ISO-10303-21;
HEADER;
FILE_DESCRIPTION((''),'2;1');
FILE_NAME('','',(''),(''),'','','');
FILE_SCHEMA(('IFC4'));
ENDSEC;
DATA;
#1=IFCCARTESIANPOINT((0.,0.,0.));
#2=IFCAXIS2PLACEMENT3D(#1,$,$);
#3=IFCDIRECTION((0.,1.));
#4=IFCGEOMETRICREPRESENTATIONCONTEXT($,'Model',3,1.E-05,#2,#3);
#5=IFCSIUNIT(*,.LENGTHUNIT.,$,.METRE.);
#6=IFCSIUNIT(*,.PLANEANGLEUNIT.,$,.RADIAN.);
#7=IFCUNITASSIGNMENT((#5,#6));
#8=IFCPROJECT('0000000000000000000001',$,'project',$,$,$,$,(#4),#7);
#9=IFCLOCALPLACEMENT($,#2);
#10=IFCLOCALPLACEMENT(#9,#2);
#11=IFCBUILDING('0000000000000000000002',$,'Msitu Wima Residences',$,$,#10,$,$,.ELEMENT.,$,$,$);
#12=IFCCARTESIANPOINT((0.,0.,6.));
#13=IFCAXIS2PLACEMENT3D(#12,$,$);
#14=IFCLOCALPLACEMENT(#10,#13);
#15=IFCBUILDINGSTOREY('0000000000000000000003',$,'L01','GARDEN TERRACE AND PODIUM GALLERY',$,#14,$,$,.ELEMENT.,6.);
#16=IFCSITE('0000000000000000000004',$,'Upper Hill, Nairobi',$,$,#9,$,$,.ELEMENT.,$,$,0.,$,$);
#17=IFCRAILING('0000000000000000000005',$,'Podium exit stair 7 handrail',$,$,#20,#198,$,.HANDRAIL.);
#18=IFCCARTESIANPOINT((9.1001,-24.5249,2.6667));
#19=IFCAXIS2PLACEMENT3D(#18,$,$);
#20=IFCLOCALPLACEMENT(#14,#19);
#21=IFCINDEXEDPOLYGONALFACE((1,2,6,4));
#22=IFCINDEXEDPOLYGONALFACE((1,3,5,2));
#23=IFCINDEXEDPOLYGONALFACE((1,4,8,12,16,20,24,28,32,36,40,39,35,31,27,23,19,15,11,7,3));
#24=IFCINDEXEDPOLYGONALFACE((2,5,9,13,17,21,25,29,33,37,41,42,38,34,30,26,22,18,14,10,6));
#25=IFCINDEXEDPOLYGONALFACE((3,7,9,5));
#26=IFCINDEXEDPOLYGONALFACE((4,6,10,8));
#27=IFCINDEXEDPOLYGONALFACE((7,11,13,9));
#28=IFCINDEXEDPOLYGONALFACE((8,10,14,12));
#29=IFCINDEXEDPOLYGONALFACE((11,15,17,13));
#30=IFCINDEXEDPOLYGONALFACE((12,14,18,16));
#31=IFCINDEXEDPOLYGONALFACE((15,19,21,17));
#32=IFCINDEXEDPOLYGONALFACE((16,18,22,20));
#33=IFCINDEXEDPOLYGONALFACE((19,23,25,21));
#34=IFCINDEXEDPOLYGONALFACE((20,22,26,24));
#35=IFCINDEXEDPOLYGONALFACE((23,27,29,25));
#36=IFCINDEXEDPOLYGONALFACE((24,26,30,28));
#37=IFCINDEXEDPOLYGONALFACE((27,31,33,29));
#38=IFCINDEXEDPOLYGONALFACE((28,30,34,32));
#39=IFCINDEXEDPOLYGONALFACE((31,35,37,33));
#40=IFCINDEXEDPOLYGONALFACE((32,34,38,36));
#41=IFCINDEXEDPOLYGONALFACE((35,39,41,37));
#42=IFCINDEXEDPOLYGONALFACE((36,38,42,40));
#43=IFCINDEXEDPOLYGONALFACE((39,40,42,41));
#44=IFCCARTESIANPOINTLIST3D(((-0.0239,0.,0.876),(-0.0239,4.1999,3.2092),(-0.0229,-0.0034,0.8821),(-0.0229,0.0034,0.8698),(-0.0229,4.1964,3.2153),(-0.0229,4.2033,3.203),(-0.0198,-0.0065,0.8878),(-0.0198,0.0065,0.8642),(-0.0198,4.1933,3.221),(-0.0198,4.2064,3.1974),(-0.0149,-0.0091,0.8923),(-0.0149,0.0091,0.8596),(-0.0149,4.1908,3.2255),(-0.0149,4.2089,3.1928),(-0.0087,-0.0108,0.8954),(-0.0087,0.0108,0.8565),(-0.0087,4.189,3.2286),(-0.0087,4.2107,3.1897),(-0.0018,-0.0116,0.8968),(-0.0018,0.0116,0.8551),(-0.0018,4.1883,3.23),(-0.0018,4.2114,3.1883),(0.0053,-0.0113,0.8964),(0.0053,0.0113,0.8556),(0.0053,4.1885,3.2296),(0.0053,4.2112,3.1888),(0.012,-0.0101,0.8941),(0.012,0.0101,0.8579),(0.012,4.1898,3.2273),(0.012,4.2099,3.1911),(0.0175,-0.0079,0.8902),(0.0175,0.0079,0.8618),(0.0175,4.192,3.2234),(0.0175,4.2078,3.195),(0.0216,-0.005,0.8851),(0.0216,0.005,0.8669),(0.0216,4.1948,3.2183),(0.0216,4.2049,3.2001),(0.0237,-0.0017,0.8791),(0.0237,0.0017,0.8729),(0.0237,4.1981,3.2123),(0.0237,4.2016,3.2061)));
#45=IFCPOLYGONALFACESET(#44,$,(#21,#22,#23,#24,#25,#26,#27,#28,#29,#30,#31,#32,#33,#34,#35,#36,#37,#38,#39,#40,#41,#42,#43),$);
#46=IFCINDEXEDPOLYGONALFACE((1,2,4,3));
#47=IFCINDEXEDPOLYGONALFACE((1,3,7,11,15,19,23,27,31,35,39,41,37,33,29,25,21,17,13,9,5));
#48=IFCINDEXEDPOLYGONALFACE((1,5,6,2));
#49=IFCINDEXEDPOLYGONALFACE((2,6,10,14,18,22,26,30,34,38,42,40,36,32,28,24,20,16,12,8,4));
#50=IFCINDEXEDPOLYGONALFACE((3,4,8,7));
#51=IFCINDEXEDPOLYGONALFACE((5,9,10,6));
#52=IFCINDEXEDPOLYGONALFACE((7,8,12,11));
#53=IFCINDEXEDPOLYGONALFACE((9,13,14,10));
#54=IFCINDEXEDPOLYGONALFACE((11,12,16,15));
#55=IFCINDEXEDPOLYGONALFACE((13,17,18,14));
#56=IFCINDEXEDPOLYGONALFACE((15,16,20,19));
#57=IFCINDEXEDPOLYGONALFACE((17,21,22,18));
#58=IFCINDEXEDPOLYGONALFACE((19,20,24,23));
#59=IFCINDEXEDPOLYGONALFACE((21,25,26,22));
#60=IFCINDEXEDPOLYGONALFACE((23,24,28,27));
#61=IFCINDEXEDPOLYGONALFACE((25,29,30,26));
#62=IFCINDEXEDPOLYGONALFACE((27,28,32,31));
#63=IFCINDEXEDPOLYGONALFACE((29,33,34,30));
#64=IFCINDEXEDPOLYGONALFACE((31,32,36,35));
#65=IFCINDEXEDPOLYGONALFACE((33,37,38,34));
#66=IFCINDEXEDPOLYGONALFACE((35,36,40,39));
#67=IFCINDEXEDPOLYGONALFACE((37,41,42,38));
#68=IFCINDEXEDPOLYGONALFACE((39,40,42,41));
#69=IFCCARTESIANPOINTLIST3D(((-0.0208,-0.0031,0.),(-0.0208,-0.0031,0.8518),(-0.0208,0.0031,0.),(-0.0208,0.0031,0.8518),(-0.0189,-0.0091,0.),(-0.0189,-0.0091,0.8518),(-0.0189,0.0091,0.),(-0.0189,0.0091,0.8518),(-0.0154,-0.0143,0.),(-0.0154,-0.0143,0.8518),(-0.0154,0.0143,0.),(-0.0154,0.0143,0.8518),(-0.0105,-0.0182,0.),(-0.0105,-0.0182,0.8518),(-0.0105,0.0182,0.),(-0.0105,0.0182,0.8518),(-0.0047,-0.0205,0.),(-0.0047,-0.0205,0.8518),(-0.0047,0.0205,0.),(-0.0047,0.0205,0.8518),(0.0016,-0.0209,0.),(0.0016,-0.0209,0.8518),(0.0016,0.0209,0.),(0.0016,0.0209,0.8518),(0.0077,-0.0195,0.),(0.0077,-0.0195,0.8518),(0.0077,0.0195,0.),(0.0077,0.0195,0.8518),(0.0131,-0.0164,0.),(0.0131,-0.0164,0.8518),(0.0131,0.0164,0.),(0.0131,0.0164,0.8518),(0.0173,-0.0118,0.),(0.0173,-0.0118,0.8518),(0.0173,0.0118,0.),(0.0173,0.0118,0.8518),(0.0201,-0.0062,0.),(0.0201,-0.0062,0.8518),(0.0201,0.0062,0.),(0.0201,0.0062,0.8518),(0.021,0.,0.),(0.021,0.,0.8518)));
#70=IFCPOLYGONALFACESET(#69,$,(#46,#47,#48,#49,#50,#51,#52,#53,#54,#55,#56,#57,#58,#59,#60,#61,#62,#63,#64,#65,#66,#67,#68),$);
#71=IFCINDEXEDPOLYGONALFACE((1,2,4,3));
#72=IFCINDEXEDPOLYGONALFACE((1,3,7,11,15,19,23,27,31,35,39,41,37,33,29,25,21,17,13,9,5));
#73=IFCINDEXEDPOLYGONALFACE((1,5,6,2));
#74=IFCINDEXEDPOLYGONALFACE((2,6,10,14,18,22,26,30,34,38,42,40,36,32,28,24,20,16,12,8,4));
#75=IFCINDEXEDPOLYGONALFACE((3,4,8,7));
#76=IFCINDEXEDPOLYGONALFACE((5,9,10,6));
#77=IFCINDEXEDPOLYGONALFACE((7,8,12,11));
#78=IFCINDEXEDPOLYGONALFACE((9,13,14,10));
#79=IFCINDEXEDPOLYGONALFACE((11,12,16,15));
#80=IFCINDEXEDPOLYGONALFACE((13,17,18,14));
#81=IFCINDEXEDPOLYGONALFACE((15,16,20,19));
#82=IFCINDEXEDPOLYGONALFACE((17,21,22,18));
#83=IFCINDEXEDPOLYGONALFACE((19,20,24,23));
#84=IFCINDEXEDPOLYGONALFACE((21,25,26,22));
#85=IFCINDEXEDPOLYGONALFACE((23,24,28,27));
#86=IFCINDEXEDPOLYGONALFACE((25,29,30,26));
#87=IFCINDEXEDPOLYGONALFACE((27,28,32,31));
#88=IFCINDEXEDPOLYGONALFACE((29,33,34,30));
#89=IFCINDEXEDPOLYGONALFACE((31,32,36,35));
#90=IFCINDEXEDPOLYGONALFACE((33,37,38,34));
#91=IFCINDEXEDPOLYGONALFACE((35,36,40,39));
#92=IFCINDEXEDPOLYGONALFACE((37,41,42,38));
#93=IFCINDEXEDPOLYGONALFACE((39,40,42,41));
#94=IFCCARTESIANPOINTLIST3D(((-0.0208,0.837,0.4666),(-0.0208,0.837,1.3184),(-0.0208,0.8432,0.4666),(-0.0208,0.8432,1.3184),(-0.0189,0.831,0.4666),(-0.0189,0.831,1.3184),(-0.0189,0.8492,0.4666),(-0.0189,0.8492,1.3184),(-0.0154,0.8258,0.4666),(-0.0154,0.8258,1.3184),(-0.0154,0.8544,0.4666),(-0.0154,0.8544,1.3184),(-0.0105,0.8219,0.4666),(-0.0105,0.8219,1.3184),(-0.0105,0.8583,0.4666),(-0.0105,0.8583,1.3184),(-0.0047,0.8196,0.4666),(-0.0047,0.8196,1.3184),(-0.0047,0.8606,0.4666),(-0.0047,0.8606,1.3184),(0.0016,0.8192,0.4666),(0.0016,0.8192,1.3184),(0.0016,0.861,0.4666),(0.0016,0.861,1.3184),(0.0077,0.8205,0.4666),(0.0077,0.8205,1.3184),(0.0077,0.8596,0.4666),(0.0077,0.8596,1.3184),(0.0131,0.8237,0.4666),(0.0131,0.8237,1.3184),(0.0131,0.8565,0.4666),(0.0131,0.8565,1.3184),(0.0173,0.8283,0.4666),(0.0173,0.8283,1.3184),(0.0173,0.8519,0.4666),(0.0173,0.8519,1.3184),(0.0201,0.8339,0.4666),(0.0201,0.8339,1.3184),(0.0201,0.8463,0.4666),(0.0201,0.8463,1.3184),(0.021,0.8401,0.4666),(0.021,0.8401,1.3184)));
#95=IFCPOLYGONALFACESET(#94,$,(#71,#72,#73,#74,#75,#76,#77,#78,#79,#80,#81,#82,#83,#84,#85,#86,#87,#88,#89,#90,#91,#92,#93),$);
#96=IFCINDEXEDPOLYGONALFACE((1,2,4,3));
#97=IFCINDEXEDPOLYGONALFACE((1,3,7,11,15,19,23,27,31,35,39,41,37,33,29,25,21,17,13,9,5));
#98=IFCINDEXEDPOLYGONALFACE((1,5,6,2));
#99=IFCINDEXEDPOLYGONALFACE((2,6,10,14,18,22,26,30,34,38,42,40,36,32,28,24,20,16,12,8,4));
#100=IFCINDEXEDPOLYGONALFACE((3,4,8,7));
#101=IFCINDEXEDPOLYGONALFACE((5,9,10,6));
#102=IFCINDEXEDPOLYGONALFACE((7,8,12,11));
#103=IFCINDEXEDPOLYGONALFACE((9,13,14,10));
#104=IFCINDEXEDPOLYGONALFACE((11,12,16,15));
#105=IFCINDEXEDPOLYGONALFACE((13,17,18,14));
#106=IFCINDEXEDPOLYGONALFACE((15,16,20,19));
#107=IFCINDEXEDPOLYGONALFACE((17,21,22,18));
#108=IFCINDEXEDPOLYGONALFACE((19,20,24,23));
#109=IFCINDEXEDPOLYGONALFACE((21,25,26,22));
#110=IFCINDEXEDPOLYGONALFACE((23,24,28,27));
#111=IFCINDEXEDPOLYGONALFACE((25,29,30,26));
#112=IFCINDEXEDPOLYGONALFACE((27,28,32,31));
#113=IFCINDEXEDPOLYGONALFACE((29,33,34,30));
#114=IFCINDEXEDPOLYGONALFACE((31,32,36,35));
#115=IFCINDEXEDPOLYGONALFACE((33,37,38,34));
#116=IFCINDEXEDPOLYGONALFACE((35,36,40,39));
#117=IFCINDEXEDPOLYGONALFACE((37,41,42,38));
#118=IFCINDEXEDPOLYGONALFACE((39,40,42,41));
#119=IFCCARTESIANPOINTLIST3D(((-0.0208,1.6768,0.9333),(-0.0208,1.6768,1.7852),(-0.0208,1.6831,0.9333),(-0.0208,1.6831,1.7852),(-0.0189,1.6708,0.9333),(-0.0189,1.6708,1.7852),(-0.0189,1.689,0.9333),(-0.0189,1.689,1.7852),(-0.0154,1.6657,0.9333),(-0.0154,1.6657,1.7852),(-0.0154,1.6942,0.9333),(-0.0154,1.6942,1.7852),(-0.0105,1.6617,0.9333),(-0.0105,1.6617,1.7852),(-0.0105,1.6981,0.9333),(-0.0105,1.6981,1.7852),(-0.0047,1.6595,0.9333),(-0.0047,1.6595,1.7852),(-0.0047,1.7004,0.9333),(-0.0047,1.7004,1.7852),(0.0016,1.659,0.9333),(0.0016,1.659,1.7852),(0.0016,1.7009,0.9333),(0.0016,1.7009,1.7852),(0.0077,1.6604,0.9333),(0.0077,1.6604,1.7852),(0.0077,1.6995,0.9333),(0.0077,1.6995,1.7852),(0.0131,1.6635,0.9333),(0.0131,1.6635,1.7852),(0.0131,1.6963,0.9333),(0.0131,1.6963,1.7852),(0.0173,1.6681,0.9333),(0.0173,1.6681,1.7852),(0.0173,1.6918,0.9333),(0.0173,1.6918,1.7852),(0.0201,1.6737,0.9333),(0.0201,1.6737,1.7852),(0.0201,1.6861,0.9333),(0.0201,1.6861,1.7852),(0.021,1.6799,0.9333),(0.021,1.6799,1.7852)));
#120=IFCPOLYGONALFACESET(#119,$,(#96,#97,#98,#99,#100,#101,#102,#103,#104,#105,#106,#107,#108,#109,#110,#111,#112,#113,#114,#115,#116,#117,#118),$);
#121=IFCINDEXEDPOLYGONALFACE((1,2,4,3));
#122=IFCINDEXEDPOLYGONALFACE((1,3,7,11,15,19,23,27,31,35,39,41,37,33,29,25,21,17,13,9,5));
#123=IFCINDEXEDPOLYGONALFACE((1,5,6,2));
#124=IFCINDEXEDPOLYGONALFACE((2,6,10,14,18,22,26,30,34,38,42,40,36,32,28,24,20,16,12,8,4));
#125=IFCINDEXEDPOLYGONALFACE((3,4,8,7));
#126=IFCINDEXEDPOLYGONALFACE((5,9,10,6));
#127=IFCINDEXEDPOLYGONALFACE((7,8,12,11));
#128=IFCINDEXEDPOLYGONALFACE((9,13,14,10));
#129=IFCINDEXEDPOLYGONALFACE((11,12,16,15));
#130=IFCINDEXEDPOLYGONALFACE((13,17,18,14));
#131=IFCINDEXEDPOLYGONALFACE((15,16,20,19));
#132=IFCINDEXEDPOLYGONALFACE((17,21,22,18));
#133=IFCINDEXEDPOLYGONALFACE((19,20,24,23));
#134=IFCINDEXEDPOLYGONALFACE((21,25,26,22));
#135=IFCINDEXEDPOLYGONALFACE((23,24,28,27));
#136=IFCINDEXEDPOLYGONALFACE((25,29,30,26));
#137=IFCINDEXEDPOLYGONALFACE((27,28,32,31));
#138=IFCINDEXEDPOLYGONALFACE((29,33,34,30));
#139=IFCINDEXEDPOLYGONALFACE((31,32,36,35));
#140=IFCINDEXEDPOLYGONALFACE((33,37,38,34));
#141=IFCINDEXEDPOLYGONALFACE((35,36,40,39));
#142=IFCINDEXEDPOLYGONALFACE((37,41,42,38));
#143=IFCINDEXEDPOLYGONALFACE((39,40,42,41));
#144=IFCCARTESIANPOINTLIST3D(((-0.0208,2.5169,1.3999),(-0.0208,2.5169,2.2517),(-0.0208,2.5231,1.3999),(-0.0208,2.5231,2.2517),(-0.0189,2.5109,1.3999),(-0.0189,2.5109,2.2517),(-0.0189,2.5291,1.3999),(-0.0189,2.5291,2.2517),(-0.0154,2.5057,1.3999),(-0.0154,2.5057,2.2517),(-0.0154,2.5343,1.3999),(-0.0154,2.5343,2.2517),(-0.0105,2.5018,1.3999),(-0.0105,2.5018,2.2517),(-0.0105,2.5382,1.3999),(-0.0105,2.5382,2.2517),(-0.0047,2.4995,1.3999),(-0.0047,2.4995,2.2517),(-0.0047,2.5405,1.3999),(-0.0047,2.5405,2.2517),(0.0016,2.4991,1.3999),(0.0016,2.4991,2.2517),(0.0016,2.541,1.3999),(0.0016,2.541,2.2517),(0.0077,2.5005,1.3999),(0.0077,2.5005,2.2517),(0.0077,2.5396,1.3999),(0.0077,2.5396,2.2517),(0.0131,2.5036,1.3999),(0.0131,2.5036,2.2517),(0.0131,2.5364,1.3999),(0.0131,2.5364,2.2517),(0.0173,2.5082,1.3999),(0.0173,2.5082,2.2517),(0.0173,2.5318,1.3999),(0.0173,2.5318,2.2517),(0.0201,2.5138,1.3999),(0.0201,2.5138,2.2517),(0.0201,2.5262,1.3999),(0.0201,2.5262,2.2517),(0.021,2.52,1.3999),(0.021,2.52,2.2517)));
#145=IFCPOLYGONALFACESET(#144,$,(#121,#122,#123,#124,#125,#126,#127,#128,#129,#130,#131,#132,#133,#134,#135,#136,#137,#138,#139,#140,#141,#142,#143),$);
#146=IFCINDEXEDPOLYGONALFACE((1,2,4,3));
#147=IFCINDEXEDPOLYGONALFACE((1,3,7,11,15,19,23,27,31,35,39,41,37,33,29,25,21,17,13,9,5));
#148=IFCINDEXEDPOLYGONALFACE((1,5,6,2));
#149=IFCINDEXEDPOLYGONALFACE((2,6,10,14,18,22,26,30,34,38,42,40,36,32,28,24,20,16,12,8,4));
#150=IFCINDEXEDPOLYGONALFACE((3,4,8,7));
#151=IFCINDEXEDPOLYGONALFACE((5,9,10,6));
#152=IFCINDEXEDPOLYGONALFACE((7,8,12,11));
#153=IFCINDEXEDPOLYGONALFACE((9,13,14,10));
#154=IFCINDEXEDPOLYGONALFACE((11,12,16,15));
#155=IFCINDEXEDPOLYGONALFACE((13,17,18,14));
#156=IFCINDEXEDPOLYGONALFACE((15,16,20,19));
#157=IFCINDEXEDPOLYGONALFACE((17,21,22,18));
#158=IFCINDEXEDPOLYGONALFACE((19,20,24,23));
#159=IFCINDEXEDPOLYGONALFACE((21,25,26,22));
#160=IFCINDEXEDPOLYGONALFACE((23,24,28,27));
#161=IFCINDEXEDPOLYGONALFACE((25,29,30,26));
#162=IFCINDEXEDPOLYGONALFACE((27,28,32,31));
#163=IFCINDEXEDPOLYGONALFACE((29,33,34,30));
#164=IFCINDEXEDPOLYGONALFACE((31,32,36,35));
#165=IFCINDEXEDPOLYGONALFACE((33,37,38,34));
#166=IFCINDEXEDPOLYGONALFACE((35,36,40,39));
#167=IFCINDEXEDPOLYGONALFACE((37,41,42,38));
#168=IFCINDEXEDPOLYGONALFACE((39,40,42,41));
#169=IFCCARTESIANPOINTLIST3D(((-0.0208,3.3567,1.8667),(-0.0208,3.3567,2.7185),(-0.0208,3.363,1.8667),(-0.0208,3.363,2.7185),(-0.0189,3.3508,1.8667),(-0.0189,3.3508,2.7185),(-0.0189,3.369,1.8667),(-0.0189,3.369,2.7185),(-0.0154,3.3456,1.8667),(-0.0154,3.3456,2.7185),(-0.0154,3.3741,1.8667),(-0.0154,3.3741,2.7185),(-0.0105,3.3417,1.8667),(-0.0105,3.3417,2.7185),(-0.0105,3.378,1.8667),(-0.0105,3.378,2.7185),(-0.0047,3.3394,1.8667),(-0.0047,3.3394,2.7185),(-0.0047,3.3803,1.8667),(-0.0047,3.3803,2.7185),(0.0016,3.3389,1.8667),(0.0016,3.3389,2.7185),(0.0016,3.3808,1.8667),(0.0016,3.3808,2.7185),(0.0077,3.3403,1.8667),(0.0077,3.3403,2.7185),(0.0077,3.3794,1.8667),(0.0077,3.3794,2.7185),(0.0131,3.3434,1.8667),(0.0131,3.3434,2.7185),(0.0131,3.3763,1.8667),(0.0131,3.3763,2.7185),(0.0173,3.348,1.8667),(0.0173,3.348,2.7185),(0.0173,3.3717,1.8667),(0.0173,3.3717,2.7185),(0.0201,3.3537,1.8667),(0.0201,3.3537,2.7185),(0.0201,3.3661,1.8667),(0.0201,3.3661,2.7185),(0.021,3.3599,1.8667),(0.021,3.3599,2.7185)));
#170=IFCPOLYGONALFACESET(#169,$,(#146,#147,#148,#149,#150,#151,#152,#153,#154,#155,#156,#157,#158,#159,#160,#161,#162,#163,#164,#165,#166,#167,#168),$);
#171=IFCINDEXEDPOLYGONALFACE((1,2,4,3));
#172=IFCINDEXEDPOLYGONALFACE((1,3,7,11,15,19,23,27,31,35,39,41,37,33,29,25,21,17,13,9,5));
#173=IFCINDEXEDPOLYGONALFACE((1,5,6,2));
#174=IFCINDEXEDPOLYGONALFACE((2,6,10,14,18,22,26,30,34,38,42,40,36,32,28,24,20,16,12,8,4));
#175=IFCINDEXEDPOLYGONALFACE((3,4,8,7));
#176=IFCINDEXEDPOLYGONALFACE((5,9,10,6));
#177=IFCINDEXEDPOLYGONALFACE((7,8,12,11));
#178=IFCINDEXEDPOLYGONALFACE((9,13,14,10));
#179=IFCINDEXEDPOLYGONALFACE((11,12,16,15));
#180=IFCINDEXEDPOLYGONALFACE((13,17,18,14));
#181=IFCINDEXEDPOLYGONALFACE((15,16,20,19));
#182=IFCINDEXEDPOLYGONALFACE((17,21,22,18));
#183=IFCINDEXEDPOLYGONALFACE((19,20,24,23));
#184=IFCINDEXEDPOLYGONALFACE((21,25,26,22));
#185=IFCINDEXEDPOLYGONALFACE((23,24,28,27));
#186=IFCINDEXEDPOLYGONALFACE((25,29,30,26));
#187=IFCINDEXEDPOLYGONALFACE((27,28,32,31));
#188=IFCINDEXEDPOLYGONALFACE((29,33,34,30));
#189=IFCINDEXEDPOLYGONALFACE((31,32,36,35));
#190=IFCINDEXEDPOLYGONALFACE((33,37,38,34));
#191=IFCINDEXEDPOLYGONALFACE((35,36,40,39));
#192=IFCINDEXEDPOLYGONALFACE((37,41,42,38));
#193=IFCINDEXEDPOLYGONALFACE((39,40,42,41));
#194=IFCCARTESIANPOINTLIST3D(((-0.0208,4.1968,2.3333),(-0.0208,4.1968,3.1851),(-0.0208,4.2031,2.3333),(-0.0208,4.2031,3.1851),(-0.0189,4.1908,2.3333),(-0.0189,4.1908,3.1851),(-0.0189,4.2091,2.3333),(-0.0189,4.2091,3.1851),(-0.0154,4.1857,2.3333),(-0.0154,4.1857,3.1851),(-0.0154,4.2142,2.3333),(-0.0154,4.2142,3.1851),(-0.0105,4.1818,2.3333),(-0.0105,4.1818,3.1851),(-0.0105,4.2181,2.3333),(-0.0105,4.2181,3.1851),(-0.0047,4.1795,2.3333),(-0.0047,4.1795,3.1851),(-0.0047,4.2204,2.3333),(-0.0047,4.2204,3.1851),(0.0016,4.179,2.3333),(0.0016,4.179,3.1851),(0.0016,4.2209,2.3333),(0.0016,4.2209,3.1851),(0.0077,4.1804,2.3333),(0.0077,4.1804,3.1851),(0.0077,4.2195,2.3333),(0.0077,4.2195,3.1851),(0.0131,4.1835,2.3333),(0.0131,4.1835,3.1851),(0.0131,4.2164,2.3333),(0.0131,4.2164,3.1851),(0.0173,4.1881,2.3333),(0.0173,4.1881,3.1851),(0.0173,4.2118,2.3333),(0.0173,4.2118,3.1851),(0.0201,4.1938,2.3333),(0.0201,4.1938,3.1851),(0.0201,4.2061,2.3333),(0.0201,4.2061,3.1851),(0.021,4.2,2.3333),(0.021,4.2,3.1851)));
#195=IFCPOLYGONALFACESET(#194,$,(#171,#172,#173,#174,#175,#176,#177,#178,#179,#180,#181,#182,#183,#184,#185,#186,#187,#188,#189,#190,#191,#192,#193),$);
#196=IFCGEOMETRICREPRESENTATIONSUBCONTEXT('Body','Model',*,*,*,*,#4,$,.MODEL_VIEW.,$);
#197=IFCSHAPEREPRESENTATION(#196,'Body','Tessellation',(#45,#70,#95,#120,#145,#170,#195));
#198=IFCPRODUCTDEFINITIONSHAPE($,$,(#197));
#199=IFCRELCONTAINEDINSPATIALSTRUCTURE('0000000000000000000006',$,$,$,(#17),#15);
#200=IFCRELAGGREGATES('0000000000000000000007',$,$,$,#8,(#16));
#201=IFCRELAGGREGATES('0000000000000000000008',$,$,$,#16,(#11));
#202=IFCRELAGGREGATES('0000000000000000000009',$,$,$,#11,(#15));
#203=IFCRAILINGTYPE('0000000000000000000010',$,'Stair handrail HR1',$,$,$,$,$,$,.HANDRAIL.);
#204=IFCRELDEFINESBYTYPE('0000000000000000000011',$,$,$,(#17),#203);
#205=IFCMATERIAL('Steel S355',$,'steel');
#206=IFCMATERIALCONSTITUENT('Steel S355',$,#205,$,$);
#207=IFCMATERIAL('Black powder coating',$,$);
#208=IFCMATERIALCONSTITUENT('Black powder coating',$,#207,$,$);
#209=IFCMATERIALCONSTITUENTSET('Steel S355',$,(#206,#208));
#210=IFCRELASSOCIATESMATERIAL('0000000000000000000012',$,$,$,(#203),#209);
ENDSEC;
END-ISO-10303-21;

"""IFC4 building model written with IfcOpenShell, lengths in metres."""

from ifc_helpers import new_model, si_unit, direction, frame, origin, origin_2d, place, context, subcontext, project, spatial, circle, extrude, material, constituent, constituent_set, type_object, element, save


model = new_model("IFC4")

# Units and contexts
model_context = context("Model", 3, precision=1e-05, world=origin(), true_north=direction((0.0, 1.0)))
body_context = subcontext(model_context, "Body", "Model", "MODEL_VIEW")
ifc_project = project(units=[si_unit("LENGTHUNIT", "METRE"), si_unit("PLANEANGLEUNIT", "RADIAN")], contexts=[model_context])

# Site, building, storey
site_placement = place(None, origin())
site = spatial("IfcSite", under=ifc_project, at=site_placement, Name="Upper Hill, Nairobi", CompositionType="ELEMENT", RefElevation=0.0)
building_placement = place(site_placement, origin())
building = spatial("IfcBuilding", under=site, at=building_placement, Name="Msitu Wima Residences", CompositionType="ELEMENT")
storey_placement = place(building_placement, frame((0.0, 0.0, 6.0)))
storey = spatial("IfcBuildingStorey", under=building, at=storey_placement, Name="L01", Description="GARDEN TERRACE AND PODIUM GALLERY", CompositionType="ELEMENT", Elevation=6.0)

# Railing
ifc_material_1 = material(Name="Steel S355", Category="steel")
ifc_constituent_1 = constituent(ifc_material_1, Name="Steel S355")
ifc_material_2 = material(Name="Black powder coating")
ifc_constituent_2 = constituent(ifc_material_2, Name="Black powder coating")
ifc_constituent_set = constituent_set(constituents=[ifc_constituent_1, ifc_constituent_2], Name="Steel S355")
railing_type = type_object("IfcRailingType", Name="Stair handrail HR1", PredefinedType="HANDRAIL", material=ifc_constituent_set)
for number, where, name in (
    (1, (9.1001, -24.5249, 2.6667), "Podium exit stair 7 handrail"),
):
    element("IfcRailing", number, at=place(storey_placement, frame(where)), inside=storey, type_object=railing_type, Name=name, PredefinedType="HANDRAIL", context=body_context, shape_type="SweptSolid", body=[
        extrude(circle(Radius=0.0239, at=origin_2d()), frame((0.0, 0.0, 0.876), z_axis=(0.0, 0.874162, 0.485634), x_axis=(-1.0, 0.0, 0.0)), (0.0, 0.0, 1.0), 4.8044),
        extrude(circle(Radius=0.021, at=origin_2d()), origin(), (0.0, 0.0, 1.0), 0.8518),
        extrude(circle(Radius=0.021, at=origin_2d()), frame((0.0, 0.8401, 0.4666)), (0.0, 0.0, 1.0), 0.8518),
        extrude(circle(Radius=0.021, at=origin_2d()), frame((0.0, 1.6799, 0.9333)), (0.0, 0.0, 1.0), 0.8518),
        extrude(circle(Radius=0.021, at=origin_2d()), frame((0.0, 2.52, 1.3999)), (0.0, 0.0, 1.0), 0.8518),
        extrude(circle(Radius=0.021, at=origin_2d()), frame((0.0, 3.3599, 1.8667)), (0.0, 0.0, 1.0), 0.8518),
        extrude(circle(Radius=0.021, at=origin_2d()), frame((0.0, 4.2, 2.3333)), (0.0, 0.0, 1.0), 0.8518),
    ])

save(model, "model.ifc")
